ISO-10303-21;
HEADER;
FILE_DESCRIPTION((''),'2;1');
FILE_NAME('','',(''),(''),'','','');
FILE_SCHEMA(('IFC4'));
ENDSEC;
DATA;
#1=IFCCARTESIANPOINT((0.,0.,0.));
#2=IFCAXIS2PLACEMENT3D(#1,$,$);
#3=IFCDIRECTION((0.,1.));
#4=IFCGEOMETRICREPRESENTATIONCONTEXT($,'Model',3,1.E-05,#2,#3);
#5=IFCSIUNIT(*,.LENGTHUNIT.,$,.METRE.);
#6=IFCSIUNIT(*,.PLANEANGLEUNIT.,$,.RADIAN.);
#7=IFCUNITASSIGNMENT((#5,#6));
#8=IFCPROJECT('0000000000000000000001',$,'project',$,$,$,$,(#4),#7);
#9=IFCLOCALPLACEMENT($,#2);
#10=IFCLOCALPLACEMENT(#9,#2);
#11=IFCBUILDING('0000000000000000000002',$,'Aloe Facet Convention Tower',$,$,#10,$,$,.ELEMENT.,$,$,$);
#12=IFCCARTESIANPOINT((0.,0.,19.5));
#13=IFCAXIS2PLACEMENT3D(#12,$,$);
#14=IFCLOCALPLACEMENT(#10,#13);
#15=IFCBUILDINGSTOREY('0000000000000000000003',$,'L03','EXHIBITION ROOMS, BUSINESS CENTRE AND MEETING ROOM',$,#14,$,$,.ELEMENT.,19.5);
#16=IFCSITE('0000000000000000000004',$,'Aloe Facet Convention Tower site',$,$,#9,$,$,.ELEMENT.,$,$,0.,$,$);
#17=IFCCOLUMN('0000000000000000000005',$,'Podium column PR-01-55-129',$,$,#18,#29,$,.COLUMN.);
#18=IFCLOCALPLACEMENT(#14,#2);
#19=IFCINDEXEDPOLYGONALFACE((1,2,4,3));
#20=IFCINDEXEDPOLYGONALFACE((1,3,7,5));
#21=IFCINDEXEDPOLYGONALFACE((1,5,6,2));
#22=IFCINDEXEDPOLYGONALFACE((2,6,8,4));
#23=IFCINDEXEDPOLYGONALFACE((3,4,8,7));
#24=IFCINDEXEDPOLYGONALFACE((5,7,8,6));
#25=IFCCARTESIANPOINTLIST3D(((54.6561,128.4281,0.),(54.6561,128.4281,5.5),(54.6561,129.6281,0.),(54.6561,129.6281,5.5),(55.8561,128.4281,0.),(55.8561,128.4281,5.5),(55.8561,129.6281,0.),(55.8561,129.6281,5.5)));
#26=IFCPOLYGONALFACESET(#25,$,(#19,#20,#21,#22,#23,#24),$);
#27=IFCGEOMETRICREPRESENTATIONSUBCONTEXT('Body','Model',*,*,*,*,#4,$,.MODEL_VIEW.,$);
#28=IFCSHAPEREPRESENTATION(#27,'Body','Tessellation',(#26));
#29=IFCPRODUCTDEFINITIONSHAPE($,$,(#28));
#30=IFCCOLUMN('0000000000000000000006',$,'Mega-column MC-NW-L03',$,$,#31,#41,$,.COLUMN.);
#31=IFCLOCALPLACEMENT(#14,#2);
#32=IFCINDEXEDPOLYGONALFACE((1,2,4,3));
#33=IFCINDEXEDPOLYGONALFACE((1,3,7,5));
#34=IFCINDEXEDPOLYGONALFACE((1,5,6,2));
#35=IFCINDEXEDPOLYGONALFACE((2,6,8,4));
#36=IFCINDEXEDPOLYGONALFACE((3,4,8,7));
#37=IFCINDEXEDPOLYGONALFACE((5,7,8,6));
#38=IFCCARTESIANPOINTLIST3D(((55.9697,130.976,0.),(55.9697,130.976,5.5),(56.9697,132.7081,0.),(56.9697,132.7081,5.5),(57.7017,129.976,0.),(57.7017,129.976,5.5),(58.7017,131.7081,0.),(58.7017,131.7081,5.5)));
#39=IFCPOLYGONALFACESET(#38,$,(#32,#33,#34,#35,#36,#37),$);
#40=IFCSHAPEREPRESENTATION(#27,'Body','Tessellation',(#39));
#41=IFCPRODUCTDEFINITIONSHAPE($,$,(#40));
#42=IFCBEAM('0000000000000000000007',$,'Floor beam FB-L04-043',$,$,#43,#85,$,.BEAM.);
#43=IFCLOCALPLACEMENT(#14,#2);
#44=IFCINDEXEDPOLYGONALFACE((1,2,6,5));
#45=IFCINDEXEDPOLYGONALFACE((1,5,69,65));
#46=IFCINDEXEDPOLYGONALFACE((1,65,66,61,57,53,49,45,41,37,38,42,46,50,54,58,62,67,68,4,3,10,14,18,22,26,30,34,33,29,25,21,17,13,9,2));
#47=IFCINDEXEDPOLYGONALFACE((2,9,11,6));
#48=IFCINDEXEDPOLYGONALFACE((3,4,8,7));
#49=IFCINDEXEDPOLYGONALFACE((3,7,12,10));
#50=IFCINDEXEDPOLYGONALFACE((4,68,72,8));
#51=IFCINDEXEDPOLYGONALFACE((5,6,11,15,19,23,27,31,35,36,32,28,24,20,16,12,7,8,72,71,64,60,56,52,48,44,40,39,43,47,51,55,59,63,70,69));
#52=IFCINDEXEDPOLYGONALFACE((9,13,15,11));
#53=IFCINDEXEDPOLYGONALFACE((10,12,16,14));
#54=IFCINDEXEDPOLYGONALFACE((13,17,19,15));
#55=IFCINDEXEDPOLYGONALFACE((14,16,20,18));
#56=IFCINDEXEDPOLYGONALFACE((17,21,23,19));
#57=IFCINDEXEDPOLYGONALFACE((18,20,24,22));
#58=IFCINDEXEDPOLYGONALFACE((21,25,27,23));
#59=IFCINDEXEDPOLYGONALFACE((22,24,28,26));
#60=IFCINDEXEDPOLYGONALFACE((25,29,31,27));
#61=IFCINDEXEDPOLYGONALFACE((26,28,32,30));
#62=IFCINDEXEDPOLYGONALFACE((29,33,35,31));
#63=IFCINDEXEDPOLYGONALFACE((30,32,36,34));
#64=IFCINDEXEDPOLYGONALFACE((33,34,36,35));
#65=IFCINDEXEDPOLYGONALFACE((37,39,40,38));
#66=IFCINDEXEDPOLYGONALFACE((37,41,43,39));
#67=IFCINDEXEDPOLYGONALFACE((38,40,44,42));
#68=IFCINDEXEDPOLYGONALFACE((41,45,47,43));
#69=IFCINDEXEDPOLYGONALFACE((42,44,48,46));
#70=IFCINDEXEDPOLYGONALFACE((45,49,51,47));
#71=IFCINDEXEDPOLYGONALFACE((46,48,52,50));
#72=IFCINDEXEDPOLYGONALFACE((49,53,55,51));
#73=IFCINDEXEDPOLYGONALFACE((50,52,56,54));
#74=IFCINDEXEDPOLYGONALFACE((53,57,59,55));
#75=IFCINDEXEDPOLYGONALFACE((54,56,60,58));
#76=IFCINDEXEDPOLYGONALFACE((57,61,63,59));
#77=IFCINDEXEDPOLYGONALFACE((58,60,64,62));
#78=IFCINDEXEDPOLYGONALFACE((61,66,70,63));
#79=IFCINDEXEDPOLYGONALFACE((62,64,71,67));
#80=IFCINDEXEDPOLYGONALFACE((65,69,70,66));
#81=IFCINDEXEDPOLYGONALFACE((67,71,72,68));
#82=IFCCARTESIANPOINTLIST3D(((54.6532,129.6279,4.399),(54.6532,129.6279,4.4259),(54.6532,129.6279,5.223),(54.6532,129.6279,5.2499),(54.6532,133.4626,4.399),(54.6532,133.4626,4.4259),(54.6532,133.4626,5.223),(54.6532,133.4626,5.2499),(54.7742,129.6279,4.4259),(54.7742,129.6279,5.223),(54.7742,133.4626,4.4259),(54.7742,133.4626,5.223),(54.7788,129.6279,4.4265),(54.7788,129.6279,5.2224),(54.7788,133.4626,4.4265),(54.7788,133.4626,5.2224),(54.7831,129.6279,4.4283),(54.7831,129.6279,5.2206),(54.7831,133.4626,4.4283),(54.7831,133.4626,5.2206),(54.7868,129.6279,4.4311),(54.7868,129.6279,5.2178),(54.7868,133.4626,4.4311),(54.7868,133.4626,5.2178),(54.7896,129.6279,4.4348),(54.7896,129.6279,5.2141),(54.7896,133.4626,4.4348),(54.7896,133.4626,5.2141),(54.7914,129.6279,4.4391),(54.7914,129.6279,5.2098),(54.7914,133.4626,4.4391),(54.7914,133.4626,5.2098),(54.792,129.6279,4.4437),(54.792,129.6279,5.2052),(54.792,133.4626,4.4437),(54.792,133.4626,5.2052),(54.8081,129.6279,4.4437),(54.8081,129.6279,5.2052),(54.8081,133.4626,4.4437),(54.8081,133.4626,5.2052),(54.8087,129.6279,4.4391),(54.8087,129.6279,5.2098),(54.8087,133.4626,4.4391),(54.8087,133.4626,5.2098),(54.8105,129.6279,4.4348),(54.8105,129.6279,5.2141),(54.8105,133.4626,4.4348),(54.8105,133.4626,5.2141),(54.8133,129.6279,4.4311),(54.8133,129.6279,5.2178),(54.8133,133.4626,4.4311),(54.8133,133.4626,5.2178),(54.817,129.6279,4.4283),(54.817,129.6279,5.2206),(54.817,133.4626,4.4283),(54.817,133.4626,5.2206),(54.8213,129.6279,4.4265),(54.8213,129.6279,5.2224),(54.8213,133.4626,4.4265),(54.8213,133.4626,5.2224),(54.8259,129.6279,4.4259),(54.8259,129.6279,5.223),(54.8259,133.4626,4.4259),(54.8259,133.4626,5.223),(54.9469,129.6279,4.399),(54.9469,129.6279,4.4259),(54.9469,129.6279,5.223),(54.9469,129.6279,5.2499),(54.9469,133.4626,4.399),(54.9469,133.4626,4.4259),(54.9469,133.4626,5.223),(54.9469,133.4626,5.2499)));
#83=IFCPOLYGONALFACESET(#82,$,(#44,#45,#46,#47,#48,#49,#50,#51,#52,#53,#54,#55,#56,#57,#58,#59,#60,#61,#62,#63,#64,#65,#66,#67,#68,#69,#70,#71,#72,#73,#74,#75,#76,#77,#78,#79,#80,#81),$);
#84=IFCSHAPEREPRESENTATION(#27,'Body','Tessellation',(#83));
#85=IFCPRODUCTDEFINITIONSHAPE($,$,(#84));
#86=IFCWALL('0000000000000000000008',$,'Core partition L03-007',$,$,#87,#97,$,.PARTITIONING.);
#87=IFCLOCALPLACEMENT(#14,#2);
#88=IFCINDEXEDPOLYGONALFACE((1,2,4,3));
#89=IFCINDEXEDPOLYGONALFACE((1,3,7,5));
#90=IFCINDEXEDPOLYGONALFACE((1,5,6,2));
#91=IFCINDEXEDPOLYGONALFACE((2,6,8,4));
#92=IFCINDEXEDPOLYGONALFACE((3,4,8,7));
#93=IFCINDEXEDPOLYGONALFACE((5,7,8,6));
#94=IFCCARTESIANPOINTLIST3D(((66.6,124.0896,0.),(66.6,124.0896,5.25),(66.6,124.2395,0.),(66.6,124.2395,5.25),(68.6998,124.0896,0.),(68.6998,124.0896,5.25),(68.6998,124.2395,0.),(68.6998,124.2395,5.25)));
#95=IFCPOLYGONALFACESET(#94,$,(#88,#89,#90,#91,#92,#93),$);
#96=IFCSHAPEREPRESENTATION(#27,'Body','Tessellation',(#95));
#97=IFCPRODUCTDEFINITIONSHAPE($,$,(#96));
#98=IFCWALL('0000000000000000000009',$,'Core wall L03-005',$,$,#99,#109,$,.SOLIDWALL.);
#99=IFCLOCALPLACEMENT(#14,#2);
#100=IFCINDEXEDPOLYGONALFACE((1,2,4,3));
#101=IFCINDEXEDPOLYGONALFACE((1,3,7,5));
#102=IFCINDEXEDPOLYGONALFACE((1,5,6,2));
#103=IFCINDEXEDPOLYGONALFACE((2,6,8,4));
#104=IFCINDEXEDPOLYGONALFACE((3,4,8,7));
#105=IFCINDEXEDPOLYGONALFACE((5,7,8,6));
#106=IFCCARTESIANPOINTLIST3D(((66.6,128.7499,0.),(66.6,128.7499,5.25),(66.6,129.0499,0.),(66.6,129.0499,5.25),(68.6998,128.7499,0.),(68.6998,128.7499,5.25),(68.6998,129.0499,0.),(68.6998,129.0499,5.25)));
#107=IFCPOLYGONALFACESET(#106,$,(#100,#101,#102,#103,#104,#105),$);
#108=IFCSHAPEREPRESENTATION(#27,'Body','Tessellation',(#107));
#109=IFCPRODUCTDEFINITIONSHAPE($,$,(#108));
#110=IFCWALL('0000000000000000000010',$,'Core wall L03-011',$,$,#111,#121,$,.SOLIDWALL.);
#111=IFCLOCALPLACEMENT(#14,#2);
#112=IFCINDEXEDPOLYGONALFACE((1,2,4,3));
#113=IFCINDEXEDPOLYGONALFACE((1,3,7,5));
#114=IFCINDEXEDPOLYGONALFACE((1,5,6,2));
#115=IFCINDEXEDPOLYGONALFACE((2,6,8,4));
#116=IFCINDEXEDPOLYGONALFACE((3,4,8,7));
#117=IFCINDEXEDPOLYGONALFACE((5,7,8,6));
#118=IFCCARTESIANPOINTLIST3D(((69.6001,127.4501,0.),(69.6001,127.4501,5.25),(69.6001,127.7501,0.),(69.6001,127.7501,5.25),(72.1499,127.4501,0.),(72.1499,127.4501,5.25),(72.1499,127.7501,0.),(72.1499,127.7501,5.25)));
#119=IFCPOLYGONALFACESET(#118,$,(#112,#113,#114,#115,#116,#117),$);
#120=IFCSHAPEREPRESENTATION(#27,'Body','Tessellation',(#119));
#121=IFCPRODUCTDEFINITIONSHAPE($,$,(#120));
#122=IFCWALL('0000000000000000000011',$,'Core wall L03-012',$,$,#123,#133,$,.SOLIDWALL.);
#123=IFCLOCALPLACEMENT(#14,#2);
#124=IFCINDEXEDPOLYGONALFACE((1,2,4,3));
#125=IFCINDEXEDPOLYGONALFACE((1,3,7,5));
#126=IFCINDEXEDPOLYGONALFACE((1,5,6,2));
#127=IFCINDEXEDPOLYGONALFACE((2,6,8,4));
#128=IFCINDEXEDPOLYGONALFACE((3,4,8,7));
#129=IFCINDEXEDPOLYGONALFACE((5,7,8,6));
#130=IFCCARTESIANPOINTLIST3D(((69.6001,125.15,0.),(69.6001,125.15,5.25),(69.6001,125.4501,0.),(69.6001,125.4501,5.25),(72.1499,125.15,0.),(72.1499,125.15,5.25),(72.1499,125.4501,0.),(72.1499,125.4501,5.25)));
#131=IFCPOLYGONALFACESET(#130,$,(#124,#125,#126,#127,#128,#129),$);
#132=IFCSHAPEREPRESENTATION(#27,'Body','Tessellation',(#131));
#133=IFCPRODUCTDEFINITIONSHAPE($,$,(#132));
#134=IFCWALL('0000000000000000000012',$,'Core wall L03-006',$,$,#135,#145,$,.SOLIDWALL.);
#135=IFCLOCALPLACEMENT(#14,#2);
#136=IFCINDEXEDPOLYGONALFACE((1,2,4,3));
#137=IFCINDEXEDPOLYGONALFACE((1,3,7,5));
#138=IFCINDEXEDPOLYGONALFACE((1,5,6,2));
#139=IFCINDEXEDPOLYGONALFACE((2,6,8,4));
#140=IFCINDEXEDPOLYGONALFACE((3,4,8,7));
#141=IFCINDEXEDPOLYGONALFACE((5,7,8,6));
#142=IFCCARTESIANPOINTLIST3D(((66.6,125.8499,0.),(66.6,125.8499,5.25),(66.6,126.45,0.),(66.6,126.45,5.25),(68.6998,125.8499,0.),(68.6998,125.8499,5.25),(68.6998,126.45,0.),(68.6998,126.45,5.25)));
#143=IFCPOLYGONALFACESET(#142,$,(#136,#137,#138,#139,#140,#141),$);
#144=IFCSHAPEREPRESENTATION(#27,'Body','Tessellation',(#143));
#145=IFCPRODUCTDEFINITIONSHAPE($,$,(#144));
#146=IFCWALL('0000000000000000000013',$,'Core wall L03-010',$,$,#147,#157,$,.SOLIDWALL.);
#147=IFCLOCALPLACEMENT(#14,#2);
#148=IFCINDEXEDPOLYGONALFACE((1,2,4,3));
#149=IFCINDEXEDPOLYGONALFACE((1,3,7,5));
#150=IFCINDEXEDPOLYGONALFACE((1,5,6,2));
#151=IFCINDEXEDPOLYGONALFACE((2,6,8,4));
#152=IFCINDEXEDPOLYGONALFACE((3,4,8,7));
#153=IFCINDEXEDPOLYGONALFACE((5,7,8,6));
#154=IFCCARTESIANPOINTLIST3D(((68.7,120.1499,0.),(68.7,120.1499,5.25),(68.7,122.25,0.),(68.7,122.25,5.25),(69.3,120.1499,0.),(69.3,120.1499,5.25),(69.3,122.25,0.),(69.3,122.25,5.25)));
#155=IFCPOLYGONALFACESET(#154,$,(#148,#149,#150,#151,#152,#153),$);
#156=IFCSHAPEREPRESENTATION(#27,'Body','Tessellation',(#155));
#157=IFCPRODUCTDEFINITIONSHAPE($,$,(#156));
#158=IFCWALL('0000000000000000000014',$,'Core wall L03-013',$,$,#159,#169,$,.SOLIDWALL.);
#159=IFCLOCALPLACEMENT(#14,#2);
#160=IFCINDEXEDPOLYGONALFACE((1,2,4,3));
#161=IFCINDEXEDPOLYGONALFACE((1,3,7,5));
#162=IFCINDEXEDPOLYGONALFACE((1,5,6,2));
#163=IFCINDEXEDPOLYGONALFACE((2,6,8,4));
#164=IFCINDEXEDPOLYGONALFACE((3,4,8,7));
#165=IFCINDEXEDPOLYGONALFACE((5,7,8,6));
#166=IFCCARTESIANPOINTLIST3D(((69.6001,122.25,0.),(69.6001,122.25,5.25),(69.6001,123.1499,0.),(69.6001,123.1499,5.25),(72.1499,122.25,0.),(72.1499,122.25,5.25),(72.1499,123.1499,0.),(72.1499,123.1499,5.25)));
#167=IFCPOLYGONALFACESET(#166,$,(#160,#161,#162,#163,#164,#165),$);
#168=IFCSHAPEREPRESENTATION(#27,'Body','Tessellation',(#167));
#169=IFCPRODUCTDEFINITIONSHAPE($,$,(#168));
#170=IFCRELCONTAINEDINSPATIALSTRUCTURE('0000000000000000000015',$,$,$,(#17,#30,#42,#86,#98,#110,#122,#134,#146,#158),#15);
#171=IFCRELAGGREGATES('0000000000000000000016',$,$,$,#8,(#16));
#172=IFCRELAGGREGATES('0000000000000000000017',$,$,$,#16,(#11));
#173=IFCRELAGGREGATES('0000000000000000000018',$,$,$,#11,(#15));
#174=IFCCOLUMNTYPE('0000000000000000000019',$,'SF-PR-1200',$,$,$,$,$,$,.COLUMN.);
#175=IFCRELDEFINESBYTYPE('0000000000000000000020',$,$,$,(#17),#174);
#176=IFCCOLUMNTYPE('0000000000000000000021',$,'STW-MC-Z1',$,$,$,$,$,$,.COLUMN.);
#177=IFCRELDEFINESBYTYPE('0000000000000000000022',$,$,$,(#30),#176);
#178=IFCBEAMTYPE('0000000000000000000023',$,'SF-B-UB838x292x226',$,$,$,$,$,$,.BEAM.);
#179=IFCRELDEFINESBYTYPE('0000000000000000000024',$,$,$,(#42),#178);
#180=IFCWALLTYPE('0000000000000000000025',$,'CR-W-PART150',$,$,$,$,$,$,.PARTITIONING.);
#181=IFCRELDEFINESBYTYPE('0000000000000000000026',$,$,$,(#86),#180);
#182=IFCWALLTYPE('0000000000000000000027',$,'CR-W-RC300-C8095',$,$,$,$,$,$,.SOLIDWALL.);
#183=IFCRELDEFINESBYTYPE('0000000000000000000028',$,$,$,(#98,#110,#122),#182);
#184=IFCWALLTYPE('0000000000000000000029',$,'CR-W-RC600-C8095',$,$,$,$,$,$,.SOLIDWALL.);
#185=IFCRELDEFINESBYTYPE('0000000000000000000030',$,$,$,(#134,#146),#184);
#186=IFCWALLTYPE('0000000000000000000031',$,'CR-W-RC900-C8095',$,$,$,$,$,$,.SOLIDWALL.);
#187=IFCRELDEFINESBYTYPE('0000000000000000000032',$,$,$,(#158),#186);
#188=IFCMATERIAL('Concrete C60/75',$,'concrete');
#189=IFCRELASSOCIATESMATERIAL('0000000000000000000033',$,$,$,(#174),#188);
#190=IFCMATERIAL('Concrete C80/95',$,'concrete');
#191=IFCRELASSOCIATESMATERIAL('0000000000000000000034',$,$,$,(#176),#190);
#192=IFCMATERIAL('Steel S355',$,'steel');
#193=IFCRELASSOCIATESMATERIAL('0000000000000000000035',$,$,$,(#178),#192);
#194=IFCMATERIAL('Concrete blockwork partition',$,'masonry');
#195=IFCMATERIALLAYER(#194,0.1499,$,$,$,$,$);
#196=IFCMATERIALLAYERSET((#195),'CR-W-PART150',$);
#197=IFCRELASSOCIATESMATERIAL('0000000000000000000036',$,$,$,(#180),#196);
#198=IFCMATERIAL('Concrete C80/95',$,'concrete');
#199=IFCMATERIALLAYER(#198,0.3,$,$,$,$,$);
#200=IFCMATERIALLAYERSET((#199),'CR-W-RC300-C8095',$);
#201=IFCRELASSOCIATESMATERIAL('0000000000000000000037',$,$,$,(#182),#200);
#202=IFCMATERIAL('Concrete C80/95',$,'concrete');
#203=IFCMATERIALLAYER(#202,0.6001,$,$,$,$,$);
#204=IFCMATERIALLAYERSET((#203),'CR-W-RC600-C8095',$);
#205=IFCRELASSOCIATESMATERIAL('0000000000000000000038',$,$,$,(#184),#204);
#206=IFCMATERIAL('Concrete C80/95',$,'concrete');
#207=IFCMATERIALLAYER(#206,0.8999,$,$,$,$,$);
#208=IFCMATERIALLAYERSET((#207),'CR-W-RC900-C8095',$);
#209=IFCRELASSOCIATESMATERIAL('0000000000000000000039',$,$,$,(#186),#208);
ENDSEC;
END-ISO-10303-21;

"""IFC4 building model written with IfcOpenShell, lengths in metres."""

from ifc_helpers import new_model, si_unit, direction, frame, frame_2d, origin, origin_2d, place, context, subcontext, project, spatial, rectangle, i_section, extrude, material, layer, layer_set, material_profile, profile_set, type_object, element, save


model = new_model("IFC4")

# Units and contexts
model_context = context("Model", 3, precision=1e-05, world=origin(), true_north=direction((0.0, 1.0)))
body_context = subcontext(model_context, "Body", "Model", "MODEL_VIEW")
ifc_project = project(units=[si_unit("LENGTHUNIT", "METRE"), si_unit("PLANEANGLEUNIT", "RADIAN")], contexts=[model_context])

# Site, building, storey
site_placement = place(None, origin())
site = spatial("IfcSite", under=ifc_project, at=site_placement, Name="Aloe Facet Convention Tower site", CompositionType="ELEMENT", RefElevation=0.0)
building_placement = place(site_placement, origin())
building = spatial("IfcBuilding", under=site, at=building_placement, Name="Aloe Facet Convention Tower", CompositionType="ELEMENT")
storey_placement = place(building_placement, frame((0.0, 0.0, 19.5)))
storey = spatial("IfcBuildingStorey", under=building, at=storey_placement, Name="L03", Description="EXHIBITION ROOMS, BUSINESS CENTRE AND MEETING ROOM", CompositionType="ELEMENT", Elevation=19.5)

# Columns
ifc_material_1 = material(Name="Concrete C60/75", Category="concrete")
ifc_material_profile_1 = material_profile(ifc_material_1, rectangle(XDim=1.2, YDim=1.2, at=origin_2d()), Name="SF-PR-1200")
ifc_profile_set_1 = profile_set([ifc_material_profile_1], Name="Concrete C60/75")
column_type_1 = type_object("IfcColumnType", Name="SF-PR-1200", PredefinedType="COLUMN", material=ifc_profile_set_1)
column_1_placement = place(storey_placement, frame((55.2561, 129.0281, 0.0), z_axis=(0.0, 0.0, 1.0), x_axis=(1.0, 0.0, 0.0)))
element("IfcColumn", 1, at=column_1_placement, inside=storey, type_object=column_type_1, Name="Podium column PR-01-55-129", PredefinedType="COLUMN", context=body_context, shape_type="SweptSolid", body=[
    extrude(rectangle(XDim=1.2, YDim=1.2, at=origin_2d()), origin(), (0.0, 0.0, 1.0), 5.5),
])
ifc_material_2 = material(Name="Concrete C80/95", Category="concrete")
ifc_material_profile_2 = material_profile(ifc_material_2, rectangle(XDim=2.0, YDim=2.0, at=origin_2d()), Name="STW-MC-Z1")
ifc_profile_set_2 = profile_set([ifc_material_profile_2], Name="Concrete C80/95")
column_type_2 = type_object("IfcColumnType", Name="STW-MC-Z1", PredefinedType="COLUMN", material=ifc_profile_set_2)
column_2_placement = place(storey_placement, frame((57.3357, 131.342, 0.0), z_axis=(0.0, 0.0, 1.0), x_axis=(-0.5, -0.866025, 0.0)))
element("IfcColumn", 2, at=column_2_placement, inside=storey, type_object=column_type_2, Name="Mega-column MC-NW-L03", PredefinedType="COLUMN", context=body_context, shape_type="SweptSolid", body=[
    extrude(rectangle(XDim=2.0, YDim=2.0, at=origin_2d()), origin(), (0.0, 0.0, 1.0), 5.5),
])

# Beam
ifc_material_3 = material(Name="Steel S355", Category="steel")
ifc_material_profile_3 = material_profile(ifc_material_3, i_section(OverallWidth=0.2937, OverallDepth=0.8508, WebThickness=0.0161, FlangeThickness=0.0269, FilletRadius=0.0178, at=origin_2d()), Name="UB 838x292x226")
ifc_profile_set_3 = profile_set([ifc_material_profile_3], Name="Steel S355")
beam_type = type_object("IfcBeamType", Name="SF-B-UB838x292x226", PredefinedType="BEAM", material=ifc_profile_set_3)
beam_placement = place(storey_placement, frame((54.8, 129.6279, 4.8245), z_axis=(0.0, 1.0, 0.0), x_axis=(-1.0, 0.0, 0.0)))
element("IfcBeam", 3, at=beam_placement, inside=storey, type_object=beam_type, Name="Floor beam FB-L04-043", PredefinedType="BEAM", context=body_context, shape_type="SweptSolid", body=[
    extrude(i_section(OverallWidth=0.2937, OverallDepth=0.8508, WebThickness=0.0161, FlangeThickness=0.0269, FilletRadius=0.0178, at=origin_2d()), origin(), (0.0, 0.0, 1.0), 3.8347),
])

# Walls
ifc_material_4 = material(Name="Concrete blockwork partition", Category="masonry")
ifc_layer_1 = layer(ifc_material_4, 0.1499)
ifc_layer_set_1 = layer_set([ifc_layer_1], Name="CR-W-PART150")
wall_type_1 = type_object("IfcWallType", Name="CR-W-PART150", PredefinedType="PARTITIONING", material=ifc_layer_set_1)
wall_1_placement = place(storey_placement, frame((66.6001, 124.1646, 0.0), z_axis=(0.0, 0.0, 1.0), x_axis=(1.0, 0.0, 0.0)))
element("IfcWall", 4, at=wall_1_placement, inside=storey, type_object=wall_type_1, Name="Core partition L03-007", PredefinedType="PARTITIONING", context=body_context, shape_type="SweptSolid", body=[
    extrude(rectangle(XDim=2.0999, YDim=0.1499, at=frame_2d((1.0498, 0.0))), origin(), (0.0, 0.0, 1.0), 5.25),
])
ifc_material_5 = material(Name="Concrete C80/95", Category="concrete")
ifc_layer_2 = layer(ifc_material_5, 0.3)
ifc_layer_set_2 = layer_set([ifc_layer_2], Name="CR-W-RC300-C8095")
wall_type_2 = type_object("IfcWallType", Name="CR-W-RC300-C8095", PredefinedType="SOLIDWALL", material=ifc_layer_set_2)
wall_2_placement = place(storey_placement, frame((66.6001, 128.8999, 0.0), z_axis=(0.0, 0.0, 1.0), x_axis=(1.0, 0.0, 0.0)))
element("IfcWall", 5, at=wall_2_placement, inside=storey, type_object=wall_type_2, Name="Core wall L03-005", PredefinedType="SOLIDWALL", context=body_context, shape_type="SweptSolid", body=[
    extrude(rectangle(XDim=2.0999, YDim=0.3, at=frame_2d((1.0498, 0.0))), origin(), (0.0, 0.0, 1.0), 5.25),
])
for number, where, z_axis, x_axis, name in (
    (6, (69.6001, 127.6001, 0.0), (0.0, 0.0, 1.0), (1.0, 0.0, 0.0), "Core wall L03-011"),
    (7, (69.6001, 125.3, 0.0), (0.0, 0.0, 1.0), (1.0, 0.0, 0.0), "Core wall L03-012"),
):
    element("IfcWall", number, at=place(storey_placement, frame(where, z_axis=z_axis, x_axis=x_axis)), inside=storey, type_object=wall_type_2, Name=name, PredefinedType="SOLIDWALL", context=body_context, shape_type="SweptSolid", body=[
        extrude(rectangle(XDim=2.5498, YDim=0.3, at=frame_2d((1.2749, 0.0))), origin(), (0.0, 0.0, 1.0), 5.25),
    ])
ifc_material_6 = material(Name="Concrete C80/95", Category="concrete")
ifc_layer_3 = layer(ifc_material_6, 0.6001)
ifc_layer_set_3 = layer_set([ifc_layer_3], Name="CR-W-RC600-C8095")
wall_type_3 = type_object("IfcWallType", Name="CR-W-RC600-C8095", PredefinedType="SOLIDWALL", material=ifc_layer_set_3)
wall_3_placement = place(storey_placement, frame((66.6001, 126.1499, 0.0), z_axis=(0.0, 0.0, 1.0), x_axis=(1.0, 0.0, 0.0)))
element("IfcWall", 8, at=wall_3_placement, inside=storey, type_object=wall_type_3, Name="Core wall L03-006", PredefinedType="SOLIDWALL", context=body_context, shape_type="SweptSolid", body=[
    extrude(rectangle(XDim=2.0999, YDim=0.6001, at=frame_2d((1.0498, 0.0))), origin(), (0.0, 0.0, 1.0), 5.25),
])
wall_4_placement = place(storey_placement, frame((69.0, 122.25, 0.0), z_axis=(0.0, 0.0, 1.0), x_axis=(0.0, -1.0, 0.0)))
element("IfcWall", 9, at=wall_4_placement, inside=storey, type_object=wall_type_3, Name="Core wall L03-010", PredefinedType="SOLIDWALL", context=body_context, shape_type="SweptSolid", body=[
    extrude(rectangle(XDim=2.1001, YDim=0.6001, at=frame_2d((1.05, 0.0))), origin(), (0.0, 0.0, 1.0), 5.25),
])
ifc_material_7 = material(Name="Concrete C80/95", Category="concrete")
ifc_layer_4 = layer(ifc_material_7, 0.8999)
ifc_layer_set_4 = layer_set([ifc_layer_4], Name="CR-W-RC900-C8095")
wall_type_4 = type_object("IfcWallType", Name="CR-W-RC900-C8095", PredefinedType="SOLIDWALL", material=ifc_layer_set_4)
wall_5_placement = place(storey_placement, frame((69.6001, 122.7, 0.0), z_axis=(0.0, 0.0, 1.0), x_axis=(1.0, 0.0, 0.0)))
element("IfcWall", 10, at=wall_5_placement, inside=storey, type_object=wall_type_4, Name="Core wall L03-013", PredefinedType="SOLIDWALL", context=body_context, shape_type="SweptSolid", body=[
    extrude(rectangle(XDim=2.5498, YDim=0.8999, at=frame_2d((1.2749, 0.0))), origin(), (0.0, 0.0, 1.0), 5.25),
])

save(model, "model.ifc")
